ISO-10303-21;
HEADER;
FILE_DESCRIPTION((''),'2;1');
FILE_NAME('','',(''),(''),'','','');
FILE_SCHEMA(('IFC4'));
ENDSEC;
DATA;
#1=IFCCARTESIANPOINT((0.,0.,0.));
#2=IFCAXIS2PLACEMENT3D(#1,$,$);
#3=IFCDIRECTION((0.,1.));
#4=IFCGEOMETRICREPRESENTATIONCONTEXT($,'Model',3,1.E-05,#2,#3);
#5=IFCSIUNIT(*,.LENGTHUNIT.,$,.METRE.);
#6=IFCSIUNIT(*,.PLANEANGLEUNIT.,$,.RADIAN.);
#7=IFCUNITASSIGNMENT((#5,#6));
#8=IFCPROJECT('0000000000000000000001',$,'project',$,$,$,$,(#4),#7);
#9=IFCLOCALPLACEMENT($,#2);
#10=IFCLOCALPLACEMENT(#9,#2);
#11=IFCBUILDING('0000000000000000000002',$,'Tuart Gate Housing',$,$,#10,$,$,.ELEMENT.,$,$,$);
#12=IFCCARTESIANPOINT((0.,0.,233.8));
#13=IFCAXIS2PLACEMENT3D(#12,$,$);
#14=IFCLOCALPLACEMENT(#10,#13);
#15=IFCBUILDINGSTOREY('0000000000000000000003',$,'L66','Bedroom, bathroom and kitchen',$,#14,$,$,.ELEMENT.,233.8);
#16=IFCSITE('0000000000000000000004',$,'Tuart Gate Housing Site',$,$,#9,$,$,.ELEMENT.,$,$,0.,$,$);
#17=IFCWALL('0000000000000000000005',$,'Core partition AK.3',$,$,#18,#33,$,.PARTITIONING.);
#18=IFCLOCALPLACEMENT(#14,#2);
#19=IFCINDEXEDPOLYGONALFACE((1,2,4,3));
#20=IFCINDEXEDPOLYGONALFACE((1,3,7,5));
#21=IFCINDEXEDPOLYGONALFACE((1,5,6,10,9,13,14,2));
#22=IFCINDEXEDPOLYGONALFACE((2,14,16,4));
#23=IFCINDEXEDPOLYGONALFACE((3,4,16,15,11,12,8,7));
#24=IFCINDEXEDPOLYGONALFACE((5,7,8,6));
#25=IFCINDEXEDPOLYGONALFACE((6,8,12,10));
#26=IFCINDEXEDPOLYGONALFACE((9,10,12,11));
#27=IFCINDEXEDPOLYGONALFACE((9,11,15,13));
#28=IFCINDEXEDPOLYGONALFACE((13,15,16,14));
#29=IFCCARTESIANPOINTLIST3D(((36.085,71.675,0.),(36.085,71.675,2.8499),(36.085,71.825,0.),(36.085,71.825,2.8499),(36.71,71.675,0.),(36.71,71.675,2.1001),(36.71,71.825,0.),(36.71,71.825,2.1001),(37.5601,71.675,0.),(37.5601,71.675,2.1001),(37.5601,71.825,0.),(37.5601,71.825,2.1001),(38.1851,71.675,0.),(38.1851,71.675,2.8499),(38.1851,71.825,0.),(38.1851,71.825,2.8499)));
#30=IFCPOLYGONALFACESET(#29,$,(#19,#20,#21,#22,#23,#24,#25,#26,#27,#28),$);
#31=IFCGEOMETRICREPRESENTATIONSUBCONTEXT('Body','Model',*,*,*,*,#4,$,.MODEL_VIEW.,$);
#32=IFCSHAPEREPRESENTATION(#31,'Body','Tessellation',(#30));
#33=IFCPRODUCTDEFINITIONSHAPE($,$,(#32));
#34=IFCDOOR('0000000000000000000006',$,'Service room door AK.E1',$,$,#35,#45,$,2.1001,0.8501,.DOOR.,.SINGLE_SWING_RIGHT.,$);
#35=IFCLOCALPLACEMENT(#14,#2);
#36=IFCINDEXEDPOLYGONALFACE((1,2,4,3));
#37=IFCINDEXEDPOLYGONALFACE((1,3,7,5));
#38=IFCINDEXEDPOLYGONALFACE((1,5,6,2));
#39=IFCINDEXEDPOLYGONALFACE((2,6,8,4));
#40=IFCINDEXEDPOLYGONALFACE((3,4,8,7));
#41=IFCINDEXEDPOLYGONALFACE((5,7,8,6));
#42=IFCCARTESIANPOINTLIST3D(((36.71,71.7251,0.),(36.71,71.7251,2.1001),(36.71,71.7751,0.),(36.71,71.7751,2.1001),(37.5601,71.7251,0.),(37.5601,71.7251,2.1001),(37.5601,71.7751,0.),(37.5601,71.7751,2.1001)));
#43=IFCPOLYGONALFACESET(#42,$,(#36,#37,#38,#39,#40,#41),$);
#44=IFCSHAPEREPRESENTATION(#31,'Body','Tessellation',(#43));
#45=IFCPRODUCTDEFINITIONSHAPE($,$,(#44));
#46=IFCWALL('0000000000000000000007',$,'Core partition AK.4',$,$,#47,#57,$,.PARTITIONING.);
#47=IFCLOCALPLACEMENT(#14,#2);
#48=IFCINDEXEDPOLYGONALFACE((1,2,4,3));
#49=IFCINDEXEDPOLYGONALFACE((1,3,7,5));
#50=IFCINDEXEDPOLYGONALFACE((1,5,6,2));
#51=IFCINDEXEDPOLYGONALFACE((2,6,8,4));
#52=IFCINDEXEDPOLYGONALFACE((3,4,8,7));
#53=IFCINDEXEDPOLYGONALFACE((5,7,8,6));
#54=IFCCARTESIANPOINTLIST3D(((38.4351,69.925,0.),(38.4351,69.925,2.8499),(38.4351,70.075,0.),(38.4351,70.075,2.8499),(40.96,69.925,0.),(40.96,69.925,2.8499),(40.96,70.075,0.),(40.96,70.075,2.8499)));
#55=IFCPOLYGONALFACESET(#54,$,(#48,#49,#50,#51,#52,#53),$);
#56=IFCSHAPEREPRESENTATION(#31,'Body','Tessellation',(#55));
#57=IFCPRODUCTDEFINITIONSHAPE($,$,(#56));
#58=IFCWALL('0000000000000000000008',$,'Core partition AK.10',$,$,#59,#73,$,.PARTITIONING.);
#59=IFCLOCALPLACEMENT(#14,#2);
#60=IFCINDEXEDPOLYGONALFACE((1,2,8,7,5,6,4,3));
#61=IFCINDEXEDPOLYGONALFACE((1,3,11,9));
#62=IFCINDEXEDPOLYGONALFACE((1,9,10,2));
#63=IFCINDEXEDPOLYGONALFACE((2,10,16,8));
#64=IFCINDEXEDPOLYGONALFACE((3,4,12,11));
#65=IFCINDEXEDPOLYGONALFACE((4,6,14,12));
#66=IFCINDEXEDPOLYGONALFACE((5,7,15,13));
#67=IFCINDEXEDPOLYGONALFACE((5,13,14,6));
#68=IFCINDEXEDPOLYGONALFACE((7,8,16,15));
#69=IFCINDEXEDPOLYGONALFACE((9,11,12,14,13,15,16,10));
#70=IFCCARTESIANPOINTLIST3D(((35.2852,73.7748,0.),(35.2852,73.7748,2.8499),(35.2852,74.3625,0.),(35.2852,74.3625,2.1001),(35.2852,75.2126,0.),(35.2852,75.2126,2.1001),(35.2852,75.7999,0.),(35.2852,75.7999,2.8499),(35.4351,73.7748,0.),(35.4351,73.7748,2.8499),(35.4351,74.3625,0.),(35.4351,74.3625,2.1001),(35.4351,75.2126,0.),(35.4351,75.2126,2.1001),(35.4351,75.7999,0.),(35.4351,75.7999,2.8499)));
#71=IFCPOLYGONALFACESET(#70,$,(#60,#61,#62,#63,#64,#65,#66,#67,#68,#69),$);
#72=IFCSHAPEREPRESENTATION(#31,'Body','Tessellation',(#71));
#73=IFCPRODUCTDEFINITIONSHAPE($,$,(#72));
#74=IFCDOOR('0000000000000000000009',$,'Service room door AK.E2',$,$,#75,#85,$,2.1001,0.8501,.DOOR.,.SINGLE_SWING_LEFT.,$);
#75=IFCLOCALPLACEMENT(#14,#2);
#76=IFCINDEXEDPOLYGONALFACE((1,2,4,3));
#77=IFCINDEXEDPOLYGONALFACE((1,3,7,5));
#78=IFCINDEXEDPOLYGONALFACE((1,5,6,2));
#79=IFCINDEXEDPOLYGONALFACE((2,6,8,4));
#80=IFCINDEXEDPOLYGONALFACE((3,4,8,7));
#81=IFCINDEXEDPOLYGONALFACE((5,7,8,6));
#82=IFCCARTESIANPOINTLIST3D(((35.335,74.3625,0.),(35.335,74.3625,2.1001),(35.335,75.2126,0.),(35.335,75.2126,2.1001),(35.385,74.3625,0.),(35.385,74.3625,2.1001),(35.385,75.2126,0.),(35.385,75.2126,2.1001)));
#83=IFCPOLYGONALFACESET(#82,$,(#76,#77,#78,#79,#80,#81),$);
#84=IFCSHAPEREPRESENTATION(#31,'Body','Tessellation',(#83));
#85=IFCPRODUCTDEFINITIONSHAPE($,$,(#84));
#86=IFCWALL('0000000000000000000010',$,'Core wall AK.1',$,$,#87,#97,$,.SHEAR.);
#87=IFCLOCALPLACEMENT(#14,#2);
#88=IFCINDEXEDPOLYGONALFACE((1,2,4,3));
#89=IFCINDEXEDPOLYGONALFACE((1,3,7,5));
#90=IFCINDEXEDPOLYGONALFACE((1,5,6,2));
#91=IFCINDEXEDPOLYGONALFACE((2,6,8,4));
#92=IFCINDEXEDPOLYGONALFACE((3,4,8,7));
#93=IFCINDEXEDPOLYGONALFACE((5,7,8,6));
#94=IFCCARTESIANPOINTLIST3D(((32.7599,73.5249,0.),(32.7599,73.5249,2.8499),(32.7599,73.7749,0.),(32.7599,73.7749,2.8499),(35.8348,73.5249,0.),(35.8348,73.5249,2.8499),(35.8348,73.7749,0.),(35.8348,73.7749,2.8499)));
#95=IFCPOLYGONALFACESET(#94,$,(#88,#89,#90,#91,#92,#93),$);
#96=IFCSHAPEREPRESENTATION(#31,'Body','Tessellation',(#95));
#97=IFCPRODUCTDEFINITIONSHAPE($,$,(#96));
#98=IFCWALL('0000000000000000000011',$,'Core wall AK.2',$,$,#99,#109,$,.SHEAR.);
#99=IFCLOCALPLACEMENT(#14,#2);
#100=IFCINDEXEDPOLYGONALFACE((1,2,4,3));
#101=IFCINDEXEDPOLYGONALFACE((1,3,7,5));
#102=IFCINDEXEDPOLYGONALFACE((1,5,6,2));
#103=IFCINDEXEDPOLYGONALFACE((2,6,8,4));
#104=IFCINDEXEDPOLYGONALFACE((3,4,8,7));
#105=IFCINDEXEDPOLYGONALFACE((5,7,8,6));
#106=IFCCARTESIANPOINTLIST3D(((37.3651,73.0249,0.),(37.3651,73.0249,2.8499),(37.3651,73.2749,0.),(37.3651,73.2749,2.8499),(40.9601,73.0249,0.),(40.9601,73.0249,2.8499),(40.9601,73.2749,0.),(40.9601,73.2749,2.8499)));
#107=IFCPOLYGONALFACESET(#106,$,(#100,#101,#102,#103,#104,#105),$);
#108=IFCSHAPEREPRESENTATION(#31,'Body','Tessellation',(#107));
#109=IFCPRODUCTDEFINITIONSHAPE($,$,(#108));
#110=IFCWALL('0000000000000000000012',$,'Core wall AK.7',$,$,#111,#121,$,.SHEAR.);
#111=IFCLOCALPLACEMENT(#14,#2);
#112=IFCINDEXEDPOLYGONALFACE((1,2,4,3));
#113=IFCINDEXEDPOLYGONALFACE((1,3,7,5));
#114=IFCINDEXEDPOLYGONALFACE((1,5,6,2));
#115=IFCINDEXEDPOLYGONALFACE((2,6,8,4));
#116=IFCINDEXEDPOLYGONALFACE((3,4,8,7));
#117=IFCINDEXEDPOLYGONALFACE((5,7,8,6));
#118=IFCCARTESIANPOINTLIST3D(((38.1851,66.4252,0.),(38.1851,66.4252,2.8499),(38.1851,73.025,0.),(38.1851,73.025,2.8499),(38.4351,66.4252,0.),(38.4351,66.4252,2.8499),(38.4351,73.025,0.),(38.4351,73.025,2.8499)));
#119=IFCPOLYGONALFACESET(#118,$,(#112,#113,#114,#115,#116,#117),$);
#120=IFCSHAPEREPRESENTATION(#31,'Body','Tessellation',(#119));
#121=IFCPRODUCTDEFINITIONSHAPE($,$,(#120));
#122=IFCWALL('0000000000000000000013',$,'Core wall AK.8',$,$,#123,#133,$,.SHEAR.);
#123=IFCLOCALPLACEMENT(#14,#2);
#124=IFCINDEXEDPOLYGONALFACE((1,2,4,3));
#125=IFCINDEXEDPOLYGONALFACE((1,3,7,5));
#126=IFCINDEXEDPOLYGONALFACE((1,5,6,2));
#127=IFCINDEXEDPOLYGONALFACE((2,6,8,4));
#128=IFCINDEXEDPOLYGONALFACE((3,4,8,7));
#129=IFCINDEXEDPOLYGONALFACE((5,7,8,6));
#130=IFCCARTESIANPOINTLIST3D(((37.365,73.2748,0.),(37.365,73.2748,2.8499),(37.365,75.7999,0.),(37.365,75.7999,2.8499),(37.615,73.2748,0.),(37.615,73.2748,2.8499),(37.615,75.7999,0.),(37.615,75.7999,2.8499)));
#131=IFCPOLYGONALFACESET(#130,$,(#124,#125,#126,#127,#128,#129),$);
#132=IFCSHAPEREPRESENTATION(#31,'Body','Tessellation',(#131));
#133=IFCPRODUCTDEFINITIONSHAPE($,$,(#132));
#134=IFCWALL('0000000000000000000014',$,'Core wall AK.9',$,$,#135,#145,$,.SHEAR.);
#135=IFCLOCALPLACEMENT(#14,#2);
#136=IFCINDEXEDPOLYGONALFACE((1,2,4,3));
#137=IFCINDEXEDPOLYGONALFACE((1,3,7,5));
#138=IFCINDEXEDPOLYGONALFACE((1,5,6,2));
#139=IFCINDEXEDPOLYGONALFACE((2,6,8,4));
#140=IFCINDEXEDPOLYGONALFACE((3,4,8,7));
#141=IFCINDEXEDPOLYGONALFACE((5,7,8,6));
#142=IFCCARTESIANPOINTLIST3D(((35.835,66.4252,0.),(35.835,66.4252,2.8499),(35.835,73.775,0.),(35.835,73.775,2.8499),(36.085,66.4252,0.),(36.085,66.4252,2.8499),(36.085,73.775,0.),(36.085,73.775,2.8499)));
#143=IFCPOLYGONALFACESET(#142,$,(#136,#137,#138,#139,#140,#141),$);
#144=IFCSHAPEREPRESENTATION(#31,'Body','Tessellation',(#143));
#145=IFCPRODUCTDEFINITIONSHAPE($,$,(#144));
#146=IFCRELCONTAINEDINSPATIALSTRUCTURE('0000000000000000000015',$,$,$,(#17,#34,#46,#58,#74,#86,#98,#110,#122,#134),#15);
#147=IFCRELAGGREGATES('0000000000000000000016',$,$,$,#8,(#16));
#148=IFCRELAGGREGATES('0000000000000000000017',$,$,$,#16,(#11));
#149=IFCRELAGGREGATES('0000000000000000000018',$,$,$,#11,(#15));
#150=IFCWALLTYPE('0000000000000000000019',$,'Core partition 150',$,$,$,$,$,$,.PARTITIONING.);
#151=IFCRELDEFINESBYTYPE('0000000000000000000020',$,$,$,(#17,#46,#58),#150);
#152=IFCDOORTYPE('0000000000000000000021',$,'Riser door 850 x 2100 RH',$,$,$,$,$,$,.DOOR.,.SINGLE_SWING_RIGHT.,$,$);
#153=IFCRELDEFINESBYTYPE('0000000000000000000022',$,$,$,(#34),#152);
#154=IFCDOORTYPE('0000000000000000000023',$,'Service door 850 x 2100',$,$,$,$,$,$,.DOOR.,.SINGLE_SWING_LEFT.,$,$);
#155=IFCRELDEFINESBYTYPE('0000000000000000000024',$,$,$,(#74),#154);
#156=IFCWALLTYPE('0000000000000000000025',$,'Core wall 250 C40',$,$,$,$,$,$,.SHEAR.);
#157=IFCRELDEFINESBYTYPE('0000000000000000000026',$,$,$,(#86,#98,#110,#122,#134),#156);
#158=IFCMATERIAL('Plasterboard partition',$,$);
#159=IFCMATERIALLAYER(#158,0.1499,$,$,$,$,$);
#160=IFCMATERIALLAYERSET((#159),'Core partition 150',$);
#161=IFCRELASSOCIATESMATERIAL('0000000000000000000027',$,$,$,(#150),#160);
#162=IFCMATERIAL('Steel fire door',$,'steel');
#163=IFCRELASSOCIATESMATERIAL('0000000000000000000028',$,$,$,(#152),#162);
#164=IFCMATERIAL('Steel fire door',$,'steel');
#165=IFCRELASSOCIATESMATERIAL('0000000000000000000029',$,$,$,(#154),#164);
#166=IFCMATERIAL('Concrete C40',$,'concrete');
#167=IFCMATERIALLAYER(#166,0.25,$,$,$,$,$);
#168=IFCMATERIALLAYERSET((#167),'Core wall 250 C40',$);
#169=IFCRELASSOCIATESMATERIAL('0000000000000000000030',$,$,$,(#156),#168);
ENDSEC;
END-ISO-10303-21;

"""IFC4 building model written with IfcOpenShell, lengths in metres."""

from ifc_helpers import new_model, si_unit, direction, frame, frame_2d, origin, place, context, subcontext, project, spatial, rectangle, extrude, material, layer, layer_set, type_object, element, fill, save


model = new_model("IFC4")

# Units and contexts
model_context = context("Model", 3, precision=1e-05, world=origin(), true_north=direction((0.0, 1.0)))
body_context = subcontext(model_context, "Body", "Model", "MODEL_VIEW")
ifc_project = project(units=[si_unit("LENGTHUNIT", "METRE"), si_unit("PLANEANGLEUNIT", "RADIAN")], contexts=[model_context])

# Site, building, storey
site_placement = place(None, origin())
site = spatial("IfcSite", under=ifc_project, at=site_placement, Name="Tuart Gate Housing Site", CompositionType="ELEMENT", RefElevation=0.0)
building_placement = place(site_placement, origin())
building = spatial("IfcBuilding", under=site, at=building_placement, Name="Tuart Gate Housing", CompositionType="ELEMENT")
storey_placement = place(building_placement, frame((0.0, 0.0, 233.8)))
storey = spatial("IfcBuildingStorey", under=building, at=storey_placement, Name="L66", Description="Bedroom, bathroom and kitchen", CompositionType="ELEMENT", Elevation=233.8)

# Wall, opening, door
ifc_material_1 = material(Name="Plasterboard partition")
ifc_layer_1 = layer(ifc_material_1, 0.1499)
ifc_layer_set_1 = layer_set([ifc_layer_1], Name="Core partition 150")
wall_type_1 = type_object("IfcWallType", Name="Core partition 150", PredefinedType="PARTITIONING", material=ifc_layer_set_1)
wall_1_placement = place(storey_placement, frame((38.1851, 71.75, 0.0), z_axis=(0.0, 0.0, 1.0), x_axis=(-1.0, 0.0, 0.0)))
wall_1 = element("IfcWall", 1, at=wall_1_placement, inside=storey, type_object=wall_type_1, Name="Core partition AK.3", PredefinedType="PARTITIONING", context=body_context, shape_type="SweptSolid", body=[
    extrude(rectangle(XDim=2.1001, YDim=0.1499, at=frame_2d((1.05, 0.0))), origin(), (0.0, 0.0, 1.0), 2.8499),
])
opening_1_placement = place(wall_1_placement, frame((0.625, 0.0, 0.0)))
opening_1 = element("IfcOpeningElement", 2, at=opening_1_placement, cuts=wall_1, PredefinedType="OPENING", context=body_context, shape_type="SweptSolid", body=[
    extrude(rectangle(XDim=0.8501, YDim=2.1001, at=frame_2d((0.425, 1.05))), frame((0.0, 0.085, 0.0), z_axis=(0.0, -1.0, 0.0), x_axis=(1.0, 0.0, 0.0)), (0.0, 0.0, 1.0), 0.1699),
])
ifc_material_2 = material(Name="Steel fire door", Category="steel")
door_type_1 = type_object("IfcDoorType", Name="Riser door 850 x 2100 RH", OperationType="SINGLE_SWING_RIGHT", PredefinedType="DOOR", material=ifc_material_2)
door_1_placement = place(opening_1_placement, frame((0.8501, 0.0, 0.0), z_axis=(0.0, 0.0, 1.0), x_axis=(-1.0, 0.0, 0.0)))
door_1 = element("IfcDoor", 3, at=door_1_placement, inside=storey, type_object=door_type_1, Name="Service room door AK.E1", OperationType="SINGLE_SWING_RIGHT", OverallHeight=2.1001, OverallWidth=0.8501, PredefinedType="DOOR", context=body_context, shape_type="SweptSolid", body=[
    extrude(rectangle(XDim=0.8501, YDim=2.1001, at=frame_2d((0.425, 1.05))), frame((0.0, 0.0251, 0.0), z_axis=(0.0, -1.0, 0.0), x_axis=(1.0, 0.0, 0.0)), (0.0, 0.0, 1.0), 0.05),
])
fill(opening_1, door_1)

# Wall
wall_2_placement = place(storey_placement, frame((40.96, 70.0, 0.0), z_axis=(0.0, 0.0, 1.0), x_axis=(-1.0, 0.0, 0.0)))
element("IfcWall", 4, at=wall_2_placement, inside=storey, type_object=wall_type_1, Name="Core partition AK.4", PredefinedType="PARTITIONING", context=body_context, shape_type="SweptSolid", body=[
    extrude(rectangle(XDim=2.5249, YDim=0.1499, at=frame_2d((1.2625, 0.0))), origin(), (0.0, 0.0, 1.0), 2.8499),
])

# Wall, opening, door
wall_3_placement = place(storey_placement, frame((35.3601, 75.8, 0.0), z_axis=(0.0, 0.0, 1.0), x_axis=(0.0, -1.0, 0.0)))
wall_3 = element("IfcWall", 5, at=wall_3_placement, inside=storey, type_object=wall_type_1, Name="Core partition AK.10", PredefinedType="PARTITIONING", context=body_context, shape_type="SweptSolid", body=[
    extrude(rectangle(XDim=2.0251, YDim=0.1499, at=frame_2d((1.0127, 0.0))), origin(), (0.0, 0.0, 1.0), 2.8499),
])
opening_2_placement = place(wall_3_placement, frame((0.5874, 0.0, 0.0)))
opening_2 = element("IfcOpeningElement", 6, at=opening_2_placement, cuts=wall_3, PredefinedType="OPENING", context=body_context, shape_type="SweptSolid", body=[
    extrude(rectangle(XDim=0.8501, YDim=2.1001, at=frame_2d((0.425, 1.05))), frame((0.0, 0.085, 0.0), z_axis=(0.0, -1.0, 0.0), x_axis=(1.0, 0.0, 0.0)), (0.0, 0.0, 1.0), 0.1699),
])
ifc_material_3 = material(Name="Steel fire door", Category="steel")
door_type_2 = type_object("IfcDoorType", Name="Service door 850 x 2100", OperationType="SINGLE_SWING_LEFT", PredefinedType="DOOR", material=ifc_material_3)
door_2_placement = place(opening_2_placement, origin())
door_2 = element("IfcDoor", 7, at=door_2_placement, inside=storey, type_object=door_type_2, Name="Service room door AK.E2", OperationType="SINGLE_SWING_LEFT", OverallHeight=2.1001, OverallWidth=0.8501, PredefinedType="DOOR", context=body_context, shape_type="SweptSolid", body=[
    extrude(rectangle(XDim=0.8501, YDim=2.1001, at=frame_2d((0.425, 1.05))), frame((0.0, 0.0249, 0.0), z_axis=(0.0, -1.0, 0.0), x_axis=(1.0, 0.0, 0.0)), (0.0, 0.0, 1.0), 0.05),
])
fill(opening_2, door_2)

# Walls
ifc_material_4 = material(Name="Concrete C40", Category="concrete")
ifc_layer_2 = layer(ifc_material_4, 0.25)
ifc_layer_set_2 = layer_set([ifc_layer_2], Name="Core wall 250 C40")
wall_type_2 = type_object("IfcWallType", Name="Core wall 250 C40", PredefinedType="SHEAR", material=ifc_layer_set_2)
wall_4_placement = place(storey_placement, frame((35.835, 73.6499, 0.0), z_axis=(0.0, 0.0, 1.0), x_axis=(-1.0, 0.0, 0.0)))
element("IfcWall", 8, at=wall_4_placement, inside=storey, type_object=wall_type_2, Name="Core wall AK.1", PredefinedType="SHEAR", context=body_context, shape_type="SweptSolid", body=[
    extrude(rectangle(XDim=3.075, YDim=0.25, at=frame_2d((1.5376, 0.0))), origin(), (0.0, 0.0, 1.0), 2.8499),
])
wall_5_placement = place(storey_placement, frame((40.96, 73.1499, 0.0), z_axis=(0.0, 0.0, 1.0), x_axis=(-1.0, 0.0, 0.0)))
element("IfcWall", 9, at=wall_5_placement, inside=storey, type_object=wall_type_2, Name="Core wall AK.2", PredefinedType="SHEAR", context=body_context, shape_type="SweptSolid", body=[
    extrude(rectangle(XDim=3.595, YDim=0.25, at=frame_2d((1.7974, 0.0))), origin(), (0.0, 0.0, 1.0), 2.8499),
])
wall_6_placement = place(storey_placement, frame((38.3101, 73.0249, 0.0), z_axis=(0.0, 0.0, 1.0), x_axis=(0.0, -1.0, 0.0)))
element("IfcWall", 10, at=wall_6_placement, inside=storey, type_object=wall_type_2, Name="Core wall AK.7", PredefinedType="SHEAR", context=body_context, shape_type="SweptSolid", body=[
    extrude(rectangle(XDim=6.5999, YDim=0.25, at=frame_2d((3.2998, 0.0))), origin(), (0.0, 0.0, 1.0), 2.8499),
])
wall_7_placement = place(storey_placement, frame((37.49, 75.8, 0.0), z_axis=(0.0, 0.0, 1.0), x_axis=(0.0, -1.0, 0.0)))
element("IfcWall", 11, at=wall_7_placement, inside=storey, type_object=wall_type_2, Name="Core wall AK.8", PredefinedType="SHEAR", context=body_context, shape_type="SweptSolid", body=[
    extrude(rectangle(XDim=2.5251, YDim=0.25, at=frame_2d((1.2627, 0.0))), origin(), (0.0, 0.0, 1.0), 2.8499),
])
wall_8_placement = place(storey_placement, frame((35.96, 73.7749, 0.0), z_axis=(0.0, 0.0, 1.0), x_axis=(0.0, -1.0, 0.0)))
element("IfcWall", 12, at=wall_8_placement, inside=storey, type_object=wall_type_2, Name="Core wall AK.9", PredefinedType="SHEAR", context=body_context, shape_type="SweptSolid", body=[
    extrude(rectangle(XDim=7.3499, YDim=0.25, at=frame_2d((3.6748, 0.0))), origin(), (0.0, 0.0, 1.0), 2.8499),
])

save(model, "model.ifc")
